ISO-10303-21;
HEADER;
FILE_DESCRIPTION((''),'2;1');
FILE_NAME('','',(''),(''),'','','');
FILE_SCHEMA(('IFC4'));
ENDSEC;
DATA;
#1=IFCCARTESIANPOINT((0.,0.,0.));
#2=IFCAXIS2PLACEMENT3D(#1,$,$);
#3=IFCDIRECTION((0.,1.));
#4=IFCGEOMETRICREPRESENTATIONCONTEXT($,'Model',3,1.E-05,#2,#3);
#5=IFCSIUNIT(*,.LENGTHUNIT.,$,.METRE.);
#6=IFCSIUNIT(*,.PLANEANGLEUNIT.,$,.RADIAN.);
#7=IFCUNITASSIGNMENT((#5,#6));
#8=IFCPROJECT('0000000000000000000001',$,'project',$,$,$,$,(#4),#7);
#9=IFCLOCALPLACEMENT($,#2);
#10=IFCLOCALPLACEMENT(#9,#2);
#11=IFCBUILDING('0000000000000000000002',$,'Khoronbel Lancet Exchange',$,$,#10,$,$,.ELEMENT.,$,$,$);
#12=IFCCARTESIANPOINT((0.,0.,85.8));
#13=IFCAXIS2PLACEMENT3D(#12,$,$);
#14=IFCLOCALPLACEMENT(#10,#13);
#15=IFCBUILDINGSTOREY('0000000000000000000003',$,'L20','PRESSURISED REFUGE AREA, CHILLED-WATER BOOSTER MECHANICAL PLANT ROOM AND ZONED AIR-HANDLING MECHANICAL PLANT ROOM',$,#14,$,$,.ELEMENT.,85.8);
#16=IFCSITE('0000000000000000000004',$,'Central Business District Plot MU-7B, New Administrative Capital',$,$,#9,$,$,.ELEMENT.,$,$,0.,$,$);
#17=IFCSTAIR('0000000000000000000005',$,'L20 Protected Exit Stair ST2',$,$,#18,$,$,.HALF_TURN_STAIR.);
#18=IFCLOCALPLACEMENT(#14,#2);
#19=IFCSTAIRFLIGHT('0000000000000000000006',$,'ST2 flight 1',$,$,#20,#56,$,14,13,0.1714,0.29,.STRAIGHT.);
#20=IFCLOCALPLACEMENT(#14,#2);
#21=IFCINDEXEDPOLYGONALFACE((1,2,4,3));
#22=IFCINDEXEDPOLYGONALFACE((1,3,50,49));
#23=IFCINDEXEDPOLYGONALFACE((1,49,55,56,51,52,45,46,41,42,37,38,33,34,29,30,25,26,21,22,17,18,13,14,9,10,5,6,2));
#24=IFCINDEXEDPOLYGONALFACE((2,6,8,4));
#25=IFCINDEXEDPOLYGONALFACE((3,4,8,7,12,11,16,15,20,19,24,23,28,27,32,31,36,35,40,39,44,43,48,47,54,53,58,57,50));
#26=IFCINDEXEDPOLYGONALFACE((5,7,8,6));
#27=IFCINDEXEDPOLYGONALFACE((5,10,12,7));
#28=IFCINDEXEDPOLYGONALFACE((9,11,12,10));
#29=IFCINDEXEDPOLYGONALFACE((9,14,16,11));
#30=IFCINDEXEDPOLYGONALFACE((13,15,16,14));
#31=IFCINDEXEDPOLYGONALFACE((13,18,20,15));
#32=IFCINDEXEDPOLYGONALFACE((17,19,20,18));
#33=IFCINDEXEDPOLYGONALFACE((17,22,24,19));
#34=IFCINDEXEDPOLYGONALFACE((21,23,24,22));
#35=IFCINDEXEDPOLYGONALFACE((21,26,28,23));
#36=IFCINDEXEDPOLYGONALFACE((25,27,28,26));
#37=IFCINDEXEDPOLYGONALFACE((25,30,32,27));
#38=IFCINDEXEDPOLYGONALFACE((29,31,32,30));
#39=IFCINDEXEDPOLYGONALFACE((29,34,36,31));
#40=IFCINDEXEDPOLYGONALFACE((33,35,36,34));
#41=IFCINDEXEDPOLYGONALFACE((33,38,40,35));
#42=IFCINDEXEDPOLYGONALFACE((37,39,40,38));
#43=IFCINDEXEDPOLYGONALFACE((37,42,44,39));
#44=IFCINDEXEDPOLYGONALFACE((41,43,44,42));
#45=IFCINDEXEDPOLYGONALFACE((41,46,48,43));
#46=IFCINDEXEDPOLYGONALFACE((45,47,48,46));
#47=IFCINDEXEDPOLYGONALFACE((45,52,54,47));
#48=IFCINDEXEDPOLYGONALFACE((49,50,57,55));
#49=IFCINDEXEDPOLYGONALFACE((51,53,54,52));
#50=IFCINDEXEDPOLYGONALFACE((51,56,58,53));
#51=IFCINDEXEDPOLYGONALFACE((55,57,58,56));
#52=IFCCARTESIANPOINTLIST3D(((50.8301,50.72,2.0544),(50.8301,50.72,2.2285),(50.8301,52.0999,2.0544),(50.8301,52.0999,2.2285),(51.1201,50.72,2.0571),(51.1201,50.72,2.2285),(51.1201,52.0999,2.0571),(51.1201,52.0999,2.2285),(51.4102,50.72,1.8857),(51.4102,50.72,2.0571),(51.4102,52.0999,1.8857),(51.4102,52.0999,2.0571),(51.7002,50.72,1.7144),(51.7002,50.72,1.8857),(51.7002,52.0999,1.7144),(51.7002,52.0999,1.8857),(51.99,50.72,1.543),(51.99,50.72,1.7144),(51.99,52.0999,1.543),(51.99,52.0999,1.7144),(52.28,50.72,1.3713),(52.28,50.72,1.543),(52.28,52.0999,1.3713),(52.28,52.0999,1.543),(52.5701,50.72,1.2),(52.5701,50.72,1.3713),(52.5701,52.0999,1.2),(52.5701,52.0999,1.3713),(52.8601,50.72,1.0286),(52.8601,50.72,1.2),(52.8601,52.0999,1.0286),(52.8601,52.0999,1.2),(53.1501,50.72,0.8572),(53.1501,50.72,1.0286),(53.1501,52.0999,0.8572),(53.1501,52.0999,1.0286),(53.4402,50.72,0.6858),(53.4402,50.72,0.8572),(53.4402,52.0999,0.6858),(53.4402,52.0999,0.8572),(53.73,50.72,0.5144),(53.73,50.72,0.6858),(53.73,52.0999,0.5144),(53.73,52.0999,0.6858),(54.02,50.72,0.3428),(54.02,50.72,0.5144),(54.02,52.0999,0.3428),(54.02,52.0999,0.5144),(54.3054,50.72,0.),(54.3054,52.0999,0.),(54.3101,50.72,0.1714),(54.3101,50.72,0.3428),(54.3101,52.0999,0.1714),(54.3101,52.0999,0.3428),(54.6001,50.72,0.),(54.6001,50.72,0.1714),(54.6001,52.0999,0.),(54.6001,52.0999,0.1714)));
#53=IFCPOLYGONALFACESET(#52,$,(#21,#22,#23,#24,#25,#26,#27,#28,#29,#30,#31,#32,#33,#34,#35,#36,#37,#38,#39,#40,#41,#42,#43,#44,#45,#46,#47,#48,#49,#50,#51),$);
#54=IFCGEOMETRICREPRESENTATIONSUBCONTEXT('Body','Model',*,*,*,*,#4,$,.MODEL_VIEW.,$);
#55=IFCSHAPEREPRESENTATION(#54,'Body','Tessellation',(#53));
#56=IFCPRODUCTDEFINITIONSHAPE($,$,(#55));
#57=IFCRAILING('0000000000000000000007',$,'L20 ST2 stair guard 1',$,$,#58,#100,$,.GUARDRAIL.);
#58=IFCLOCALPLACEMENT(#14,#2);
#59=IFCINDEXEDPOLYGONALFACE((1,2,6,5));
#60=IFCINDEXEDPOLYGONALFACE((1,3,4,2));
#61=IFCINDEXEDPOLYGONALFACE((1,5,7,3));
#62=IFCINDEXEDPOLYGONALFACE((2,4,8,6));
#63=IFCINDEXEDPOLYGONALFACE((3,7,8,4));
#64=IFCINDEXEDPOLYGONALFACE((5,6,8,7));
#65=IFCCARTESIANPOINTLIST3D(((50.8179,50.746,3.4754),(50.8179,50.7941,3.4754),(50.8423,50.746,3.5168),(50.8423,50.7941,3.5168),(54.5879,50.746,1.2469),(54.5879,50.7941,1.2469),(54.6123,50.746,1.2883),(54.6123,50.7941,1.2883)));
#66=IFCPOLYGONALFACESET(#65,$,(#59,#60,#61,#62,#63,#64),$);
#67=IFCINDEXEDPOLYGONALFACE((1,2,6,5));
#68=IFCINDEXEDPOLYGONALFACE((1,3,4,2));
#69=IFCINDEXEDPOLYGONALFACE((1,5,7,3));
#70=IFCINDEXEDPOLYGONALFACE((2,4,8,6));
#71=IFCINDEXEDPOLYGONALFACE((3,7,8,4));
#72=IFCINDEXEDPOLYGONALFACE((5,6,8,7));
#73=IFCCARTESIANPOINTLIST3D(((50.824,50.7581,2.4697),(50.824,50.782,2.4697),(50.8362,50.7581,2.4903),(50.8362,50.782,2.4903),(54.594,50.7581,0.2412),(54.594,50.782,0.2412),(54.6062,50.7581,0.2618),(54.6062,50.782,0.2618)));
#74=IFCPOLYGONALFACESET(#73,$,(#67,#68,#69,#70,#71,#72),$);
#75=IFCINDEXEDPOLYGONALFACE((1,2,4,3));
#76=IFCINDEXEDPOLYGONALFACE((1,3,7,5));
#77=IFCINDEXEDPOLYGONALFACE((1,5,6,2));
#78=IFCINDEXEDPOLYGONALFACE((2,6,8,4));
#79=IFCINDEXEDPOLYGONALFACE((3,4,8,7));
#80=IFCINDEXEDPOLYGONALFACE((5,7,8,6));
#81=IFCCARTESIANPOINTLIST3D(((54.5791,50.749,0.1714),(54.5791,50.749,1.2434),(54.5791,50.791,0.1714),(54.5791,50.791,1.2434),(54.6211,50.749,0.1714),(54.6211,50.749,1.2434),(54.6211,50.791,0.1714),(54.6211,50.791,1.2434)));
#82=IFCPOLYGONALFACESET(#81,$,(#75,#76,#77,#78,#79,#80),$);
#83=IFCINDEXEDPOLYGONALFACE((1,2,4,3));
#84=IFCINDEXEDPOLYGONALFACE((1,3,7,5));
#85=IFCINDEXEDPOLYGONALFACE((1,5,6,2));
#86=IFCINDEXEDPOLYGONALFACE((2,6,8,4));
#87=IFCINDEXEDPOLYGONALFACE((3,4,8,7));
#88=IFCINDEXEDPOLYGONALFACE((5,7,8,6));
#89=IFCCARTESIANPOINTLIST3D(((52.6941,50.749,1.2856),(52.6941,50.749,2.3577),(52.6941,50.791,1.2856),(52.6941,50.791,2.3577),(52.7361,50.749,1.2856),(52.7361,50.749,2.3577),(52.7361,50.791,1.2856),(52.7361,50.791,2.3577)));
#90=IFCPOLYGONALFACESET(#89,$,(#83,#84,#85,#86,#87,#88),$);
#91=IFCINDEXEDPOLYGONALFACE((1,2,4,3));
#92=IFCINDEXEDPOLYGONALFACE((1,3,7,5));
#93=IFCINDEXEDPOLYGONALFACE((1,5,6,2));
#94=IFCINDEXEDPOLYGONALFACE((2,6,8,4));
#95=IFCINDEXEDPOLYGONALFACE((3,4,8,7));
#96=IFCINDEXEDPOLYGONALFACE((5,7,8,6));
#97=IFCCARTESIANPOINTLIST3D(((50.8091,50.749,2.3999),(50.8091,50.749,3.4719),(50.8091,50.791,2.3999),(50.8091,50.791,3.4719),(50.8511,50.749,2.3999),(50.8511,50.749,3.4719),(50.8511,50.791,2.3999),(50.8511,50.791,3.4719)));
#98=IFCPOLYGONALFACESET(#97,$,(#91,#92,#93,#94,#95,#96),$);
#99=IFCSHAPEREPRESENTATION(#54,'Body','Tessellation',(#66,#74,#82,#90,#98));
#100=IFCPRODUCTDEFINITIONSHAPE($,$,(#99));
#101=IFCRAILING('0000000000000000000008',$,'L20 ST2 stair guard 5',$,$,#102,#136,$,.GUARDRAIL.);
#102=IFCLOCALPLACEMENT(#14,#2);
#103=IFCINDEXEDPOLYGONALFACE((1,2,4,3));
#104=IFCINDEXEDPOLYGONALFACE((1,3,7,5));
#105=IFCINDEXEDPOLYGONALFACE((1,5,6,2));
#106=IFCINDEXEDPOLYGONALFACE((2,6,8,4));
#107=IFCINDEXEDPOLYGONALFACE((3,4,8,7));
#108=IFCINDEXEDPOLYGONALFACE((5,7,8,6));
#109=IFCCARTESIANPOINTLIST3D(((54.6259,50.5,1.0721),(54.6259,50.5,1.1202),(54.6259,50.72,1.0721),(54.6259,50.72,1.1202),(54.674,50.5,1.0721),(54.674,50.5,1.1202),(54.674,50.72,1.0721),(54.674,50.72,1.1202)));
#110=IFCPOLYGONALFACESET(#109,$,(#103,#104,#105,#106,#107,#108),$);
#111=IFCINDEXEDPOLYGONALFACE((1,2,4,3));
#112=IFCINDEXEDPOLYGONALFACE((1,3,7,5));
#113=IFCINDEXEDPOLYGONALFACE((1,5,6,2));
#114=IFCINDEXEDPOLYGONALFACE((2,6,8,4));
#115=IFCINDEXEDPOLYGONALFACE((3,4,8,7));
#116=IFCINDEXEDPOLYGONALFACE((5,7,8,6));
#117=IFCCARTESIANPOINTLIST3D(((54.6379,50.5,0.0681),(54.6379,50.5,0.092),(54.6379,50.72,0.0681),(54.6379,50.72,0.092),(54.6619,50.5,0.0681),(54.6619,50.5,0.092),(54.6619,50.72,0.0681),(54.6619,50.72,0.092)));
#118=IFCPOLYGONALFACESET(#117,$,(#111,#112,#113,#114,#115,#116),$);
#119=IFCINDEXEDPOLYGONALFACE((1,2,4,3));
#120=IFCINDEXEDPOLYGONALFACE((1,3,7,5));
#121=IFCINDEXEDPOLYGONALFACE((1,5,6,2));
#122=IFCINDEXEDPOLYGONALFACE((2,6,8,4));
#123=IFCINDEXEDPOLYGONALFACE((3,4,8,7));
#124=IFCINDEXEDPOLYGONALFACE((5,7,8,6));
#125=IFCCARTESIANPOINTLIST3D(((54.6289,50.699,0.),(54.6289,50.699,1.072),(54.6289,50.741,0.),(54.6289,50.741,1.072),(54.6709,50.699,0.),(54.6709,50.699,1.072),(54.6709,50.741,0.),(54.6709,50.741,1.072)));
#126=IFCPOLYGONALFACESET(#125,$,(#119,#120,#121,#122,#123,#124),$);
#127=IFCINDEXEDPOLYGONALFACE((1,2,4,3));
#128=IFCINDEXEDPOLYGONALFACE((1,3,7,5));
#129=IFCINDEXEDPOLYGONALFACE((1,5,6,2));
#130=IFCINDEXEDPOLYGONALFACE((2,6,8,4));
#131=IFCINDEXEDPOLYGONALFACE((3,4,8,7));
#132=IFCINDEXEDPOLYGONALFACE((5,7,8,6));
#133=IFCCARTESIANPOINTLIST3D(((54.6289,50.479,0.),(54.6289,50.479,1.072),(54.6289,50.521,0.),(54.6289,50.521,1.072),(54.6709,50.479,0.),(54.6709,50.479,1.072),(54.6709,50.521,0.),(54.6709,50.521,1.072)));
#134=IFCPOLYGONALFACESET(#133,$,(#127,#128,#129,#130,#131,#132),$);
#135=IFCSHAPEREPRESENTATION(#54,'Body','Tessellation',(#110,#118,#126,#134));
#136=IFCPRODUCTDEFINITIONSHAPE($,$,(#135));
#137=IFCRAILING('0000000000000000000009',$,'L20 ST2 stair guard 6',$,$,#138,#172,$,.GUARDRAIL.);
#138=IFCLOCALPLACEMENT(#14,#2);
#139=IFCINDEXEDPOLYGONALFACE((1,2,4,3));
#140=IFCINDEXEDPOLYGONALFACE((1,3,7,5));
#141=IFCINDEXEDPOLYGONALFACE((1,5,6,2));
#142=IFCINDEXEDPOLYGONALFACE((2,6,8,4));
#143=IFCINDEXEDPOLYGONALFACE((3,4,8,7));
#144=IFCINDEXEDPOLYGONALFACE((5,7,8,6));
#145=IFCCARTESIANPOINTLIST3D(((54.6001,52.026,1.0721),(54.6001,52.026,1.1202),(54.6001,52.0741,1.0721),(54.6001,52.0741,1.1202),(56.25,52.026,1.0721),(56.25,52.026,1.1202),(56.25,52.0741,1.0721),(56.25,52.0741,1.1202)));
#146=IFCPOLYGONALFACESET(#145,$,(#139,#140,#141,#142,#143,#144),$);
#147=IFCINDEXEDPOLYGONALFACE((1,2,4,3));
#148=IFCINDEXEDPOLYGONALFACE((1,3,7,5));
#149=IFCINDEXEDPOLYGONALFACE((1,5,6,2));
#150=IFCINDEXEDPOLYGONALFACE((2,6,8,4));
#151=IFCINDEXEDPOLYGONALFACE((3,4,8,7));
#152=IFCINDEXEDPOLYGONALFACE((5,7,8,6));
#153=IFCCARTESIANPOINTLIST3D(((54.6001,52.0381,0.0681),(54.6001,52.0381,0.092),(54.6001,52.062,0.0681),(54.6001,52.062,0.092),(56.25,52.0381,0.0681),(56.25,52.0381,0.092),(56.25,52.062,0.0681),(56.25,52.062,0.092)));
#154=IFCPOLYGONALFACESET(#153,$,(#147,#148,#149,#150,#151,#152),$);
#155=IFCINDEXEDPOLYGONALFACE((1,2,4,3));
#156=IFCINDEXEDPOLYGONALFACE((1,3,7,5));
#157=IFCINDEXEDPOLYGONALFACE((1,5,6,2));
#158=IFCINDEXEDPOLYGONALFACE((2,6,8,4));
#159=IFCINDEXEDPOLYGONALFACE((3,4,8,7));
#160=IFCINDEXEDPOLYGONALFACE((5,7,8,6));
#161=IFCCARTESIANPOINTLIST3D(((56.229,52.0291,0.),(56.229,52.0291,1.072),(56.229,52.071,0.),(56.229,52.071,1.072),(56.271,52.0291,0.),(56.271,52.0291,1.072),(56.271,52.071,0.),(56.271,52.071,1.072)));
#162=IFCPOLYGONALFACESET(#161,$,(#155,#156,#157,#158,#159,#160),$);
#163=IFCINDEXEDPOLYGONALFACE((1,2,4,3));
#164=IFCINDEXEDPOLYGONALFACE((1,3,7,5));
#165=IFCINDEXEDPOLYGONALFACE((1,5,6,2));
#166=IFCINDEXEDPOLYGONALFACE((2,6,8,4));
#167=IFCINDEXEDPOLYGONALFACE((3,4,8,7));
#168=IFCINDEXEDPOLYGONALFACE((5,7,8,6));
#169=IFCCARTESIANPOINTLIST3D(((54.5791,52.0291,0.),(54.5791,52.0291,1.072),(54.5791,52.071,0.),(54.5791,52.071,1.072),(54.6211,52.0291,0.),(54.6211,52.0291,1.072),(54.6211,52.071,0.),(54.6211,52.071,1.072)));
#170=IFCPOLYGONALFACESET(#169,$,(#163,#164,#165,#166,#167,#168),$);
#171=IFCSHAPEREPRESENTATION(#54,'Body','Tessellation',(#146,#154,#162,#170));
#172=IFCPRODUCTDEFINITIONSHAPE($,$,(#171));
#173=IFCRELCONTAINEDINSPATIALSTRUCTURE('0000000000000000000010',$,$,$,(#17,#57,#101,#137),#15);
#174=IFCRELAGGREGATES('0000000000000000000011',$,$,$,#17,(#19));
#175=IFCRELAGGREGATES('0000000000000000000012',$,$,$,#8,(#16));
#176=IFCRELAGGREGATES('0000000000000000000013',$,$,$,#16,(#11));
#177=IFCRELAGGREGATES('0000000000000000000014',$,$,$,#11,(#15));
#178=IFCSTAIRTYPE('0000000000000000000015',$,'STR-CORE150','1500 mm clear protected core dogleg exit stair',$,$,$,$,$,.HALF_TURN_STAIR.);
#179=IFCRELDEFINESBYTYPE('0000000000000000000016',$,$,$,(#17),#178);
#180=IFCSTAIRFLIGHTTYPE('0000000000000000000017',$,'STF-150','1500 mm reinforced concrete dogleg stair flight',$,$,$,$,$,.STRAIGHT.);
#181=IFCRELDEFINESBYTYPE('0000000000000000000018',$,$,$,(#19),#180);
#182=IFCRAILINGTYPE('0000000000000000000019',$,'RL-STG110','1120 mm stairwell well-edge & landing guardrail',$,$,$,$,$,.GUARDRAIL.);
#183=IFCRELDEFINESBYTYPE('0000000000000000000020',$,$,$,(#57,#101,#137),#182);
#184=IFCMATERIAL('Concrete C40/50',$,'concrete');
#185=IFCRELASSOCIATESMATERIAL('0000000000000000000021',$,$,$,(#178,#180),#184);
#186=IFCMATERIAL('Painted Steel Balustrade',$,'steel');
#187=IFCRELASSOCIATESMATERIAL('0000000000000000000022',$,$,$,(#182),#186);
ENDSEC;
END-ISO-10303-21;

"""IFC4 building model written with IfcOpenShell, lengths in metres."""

from ifc_helpers import new_model, si_unit, direction, frame, origin, origin_2d, place, context, subcontext, project, spatial, polyline, rectangle, outline, extrude, material, type_object, element, aggregate, save


model = new_model("IFC4")

# Units and contexts
model_context = context("Model", 3, precision=1e-05, world=origin(), true_north=direction((0.0, 1.0)))
body_context = subcontext(model_context, "Body", "Model", "MODEL_VIEW")
ifc_project = project(units=[si_unit("LENGTHUNIT", "METRE"), si_unit("PLANEANGLEUNIT", "RADIAN")], contexts=[model_context])

# Site, building, storey
site_placement = place(None, origin())
site = spatial("IfcSite", under=ifc_project, at=site_placement, Name="Central Business District Plot MU-7B, New Administrative Capital", CompositionType="ELEMENT", RefElevation=0.0)
building_placement = place(site_placement, origin())
building = spatial("IfcBuilding", under=site, at=building_placement, Name="Khoronbel Lancet Exchange", CompositionType="ELEMENT")
storey_placement = place(building_placement, frame((0.0, 0.0, 85.8)))
storey = spatial("IfcBuildingStorey", under=building, at=storey_placement, Name="L20", Description="PRESSURISED REFUGE AREA, CHILLED-WATER BOOSTER MECHANICAL PLANT ROOM AND ZONED AIR-HANDLING MECHANICAL PLANT ROOM", CompositionType="ELEMENT", Elevation=85.8)

# Stair, stair flight
ifc_material_1 = material(Name="Concrete C40/50", Category="concrete")
stair_type = type_object("IfcStairType", Name="STR-CORE150", Description="1500 mm clear protected core dogleg exit stair", PredefinedType="HALF_TURN_STAIR", material=ifc_material_1)
stair_placement = place(storey_placement, origin())
stair = element("IfcStair", 1, at=stair_placement, inside=storey, type_object=stair_type, Name="L20 Protected Exit Stair ST2", PredefinedType="HALF_TURN_STAIR")
stair_flight_type = type_object("IfcStairFlightType", Name="STF-150", Description="1500 mm reinforced concrete dogleg stair flight", PredefinedType="STRAIGHT", material=ifc_material_1)
stair_flight_placement = place(storey_placement, frame((54.6001, 51.4099, 0.0), z_axis=(0.0, 0.0, 1.0), x_axis=(-1.0, 0.0, 0.0)))
stair_flight = element("IfcStairFlight", 2, at=stair_flight_placement, type_object=stair_flight_type, Name="ST2 flight 1", NumberOfRisers=14, NumberOfTreads=13, PredefinedType="STRAIGHT", RiserHeight=0.1714, TreadLength=0.29, context=body_context, shape_type="SweptSolid", body=[
    extrude(outline(polyline([(0.0, 0.0), (0.0, 0.1714), (0.29, 0.1714), (0.29, 0.3428), (0.5801, 0.3428), (0.5801, 0.5144), (0.8701, 0.5144), (0.8701, 0.6858), (1.1599, 0.6858), (1.1599, 0.8572), (1.45, 0.8572), (1.45, 1.0286), (1.74, 1.0286), (1.74, 1.2), (2.03, 1.2), (2.03, 1.3713), (2.3201, 1.3713), (2.3201, 1.543), (2.6101, 1.543), (2.6101, 1.7144), (2.8999, 1.7144), (2.8999, 1.8857), (3.1899, 1.8857), (3.1899, 2.0571), (3.48, 2.0571), (3.48, 2.2285), (3.77, 2.2285), (3.77, 2.3999), (3.77, 2.0544), (0.2947, 0.0), (0.0, 0.0)])), frame((0.0, 0.6899, 0.0), z_axis=(0.0, -1.0, 0.0), x_axis=(1.0, 0.0, 0.0)), (0.0, 0.0, 1.0), 1.3799),
])
aggregate(stair, [stair_flight])

# Railings
ifc_material_2 = material(Name="Painted Steel Balustrade", Category="steel")
railing_type_1 = type_object("IfcRailingType", Name="RL-STG110", Description="1120 mm stairwell well-edge & landing guardrail", PredefinedType="GUARDRAIL", material=ifc_material_2)
railing_1_placement = place(storey_placement, frame((54.6001, 50.77, 0.1714)))
element("IfcRailing", 3, at=railing_1_placement, inside=storey, type_object=railing_type_1, Name="L20 ST2 stair guard 1", PredefinedType="GUARDRAIL", context=body_context, shape_type="SweptSolid", body=[
    extrude(rectangle(XDim=0.0481, YDim=0.0481, at=origin_2d()), frame((0.0, 0.0, 1.0962), z_axis=(-0.860849, 0.0, 0.508861), x_axis=(0.0, -1.0, 0.0)), (0.0, 0.0, 1.0), 4.3794),
    extrude(rectangle(XDim=0.0239, YDim=0.0239, at=origin_2d()), frame((0.0, 0.0, 0.0801), z_axis=(-0.860849, 0.0, 0.508861), x_axis=(0.0, -1.0, 0.0)), (0.0, 0.0, 1.0), 4.3794),
    extrude(rectangle(XDim=0.042, YDim=0.042, at=origin_2d()), origin(), (0.0, 0.0, 1.0), 1.072),
    extrude(rectangle(XDim=0.042, YDim=0.042, at=origin_2d()), frame((-1.885, 0.0, 1.1143)), (0.0, 0.0, 1.0), 1.072),
    extrude(rectangle(XDim=0.042, YDim=0.042, at=origin_2d()), frame((-3.77, 0.0, 2.2285)), (0.0, 0.0, 1.0), 1.072),
])
railing_2_placement = place(storey_placement, frame((54.6499, 50.72, 0.0)))
element("IfcRailing", 4, at=railing_2_placement, inside=storey, type_object=railing_type_1, Name="L20 ST2 stair guard 5", PredefinedType="GUARDRAIL", context=body_context, shape_type="SweptSolid", body=[
    extrude(rectangle(XDim=0.0481, YDim=0.0481, at=origin_2d()), frame((0.0, 0.0, 1.0962), z_axis=(0.0, -1.0, 0.0), x_axis=(1.0, 0.0, 0.0)), (0.0, 0.0, 1.0), 0.22),
    extrude(rectangle(XDim=0.0239, YDim=0.0239, at=origin_2d()), frame((0.0, 0.0, 0.0801), z_axis=(0.0, -1.0, 0.0), x_axis=(1.0, 0.0, 0.0)), (0.0, 0.0, 1.0), 0.22),
    extrude(rectangle(XDim=0.042, YDim=0.042, at=origin_2d()), origin(), (0.0, 0.0, 1.0), 1.072),
    extrude(rectangle(XDim=0.042, YDim=0.042, at=origin_2d()), frame((0.0, -0.22, 0.0)), (0.0, 0.0, 1.0), 1.072),
])
railing_3_placement = place(storey_placement, frame((56.25, 52.05, 0.0)))
element("IfcRailing", 5, at=railing_3_placement, inside=storey, type_object=railing_type_1, Name="L20 ST2 stair guard 6", PredefinedType="GUARDRAIL", context=body_context, shape_type="SweptSolid", body=[
    extrude(rectangle(XDim=0.0481, YDim=0.0481, at=origin_2d()), frame((0.0, 0.0, 1.0962), z_axis=(-1.0, 0.0, 0.0), x_axis=(0.0, -1.0, 0.0)), (0.0, 0.0, 1.0), 1.6499),
    extrude(rectangle(XDim=0.0239, YDim=0.0239, at=origin_2d()), frame((0.0, 0.0, 0.0801), z_axis=(-1.0, 0.0, 0.0), x_axis=(0.0, -1.0, 0.0)), (0.0, 0.0, 1.0), 1.6499),
    extrude(rectangle(XDim=0.042, YDim=0.042, at=origin_2d()), origin(), (0.0, 0.0, 1.0), 1.072),
    extrude(rectangle(XDim=0.042, YDim=0.042, at=origin_2d()), frame((-1.6499, 0.0, 0.0)), (0.0, 0.0, 1.0), 1.072),
])

save(model, "model.ifc")
